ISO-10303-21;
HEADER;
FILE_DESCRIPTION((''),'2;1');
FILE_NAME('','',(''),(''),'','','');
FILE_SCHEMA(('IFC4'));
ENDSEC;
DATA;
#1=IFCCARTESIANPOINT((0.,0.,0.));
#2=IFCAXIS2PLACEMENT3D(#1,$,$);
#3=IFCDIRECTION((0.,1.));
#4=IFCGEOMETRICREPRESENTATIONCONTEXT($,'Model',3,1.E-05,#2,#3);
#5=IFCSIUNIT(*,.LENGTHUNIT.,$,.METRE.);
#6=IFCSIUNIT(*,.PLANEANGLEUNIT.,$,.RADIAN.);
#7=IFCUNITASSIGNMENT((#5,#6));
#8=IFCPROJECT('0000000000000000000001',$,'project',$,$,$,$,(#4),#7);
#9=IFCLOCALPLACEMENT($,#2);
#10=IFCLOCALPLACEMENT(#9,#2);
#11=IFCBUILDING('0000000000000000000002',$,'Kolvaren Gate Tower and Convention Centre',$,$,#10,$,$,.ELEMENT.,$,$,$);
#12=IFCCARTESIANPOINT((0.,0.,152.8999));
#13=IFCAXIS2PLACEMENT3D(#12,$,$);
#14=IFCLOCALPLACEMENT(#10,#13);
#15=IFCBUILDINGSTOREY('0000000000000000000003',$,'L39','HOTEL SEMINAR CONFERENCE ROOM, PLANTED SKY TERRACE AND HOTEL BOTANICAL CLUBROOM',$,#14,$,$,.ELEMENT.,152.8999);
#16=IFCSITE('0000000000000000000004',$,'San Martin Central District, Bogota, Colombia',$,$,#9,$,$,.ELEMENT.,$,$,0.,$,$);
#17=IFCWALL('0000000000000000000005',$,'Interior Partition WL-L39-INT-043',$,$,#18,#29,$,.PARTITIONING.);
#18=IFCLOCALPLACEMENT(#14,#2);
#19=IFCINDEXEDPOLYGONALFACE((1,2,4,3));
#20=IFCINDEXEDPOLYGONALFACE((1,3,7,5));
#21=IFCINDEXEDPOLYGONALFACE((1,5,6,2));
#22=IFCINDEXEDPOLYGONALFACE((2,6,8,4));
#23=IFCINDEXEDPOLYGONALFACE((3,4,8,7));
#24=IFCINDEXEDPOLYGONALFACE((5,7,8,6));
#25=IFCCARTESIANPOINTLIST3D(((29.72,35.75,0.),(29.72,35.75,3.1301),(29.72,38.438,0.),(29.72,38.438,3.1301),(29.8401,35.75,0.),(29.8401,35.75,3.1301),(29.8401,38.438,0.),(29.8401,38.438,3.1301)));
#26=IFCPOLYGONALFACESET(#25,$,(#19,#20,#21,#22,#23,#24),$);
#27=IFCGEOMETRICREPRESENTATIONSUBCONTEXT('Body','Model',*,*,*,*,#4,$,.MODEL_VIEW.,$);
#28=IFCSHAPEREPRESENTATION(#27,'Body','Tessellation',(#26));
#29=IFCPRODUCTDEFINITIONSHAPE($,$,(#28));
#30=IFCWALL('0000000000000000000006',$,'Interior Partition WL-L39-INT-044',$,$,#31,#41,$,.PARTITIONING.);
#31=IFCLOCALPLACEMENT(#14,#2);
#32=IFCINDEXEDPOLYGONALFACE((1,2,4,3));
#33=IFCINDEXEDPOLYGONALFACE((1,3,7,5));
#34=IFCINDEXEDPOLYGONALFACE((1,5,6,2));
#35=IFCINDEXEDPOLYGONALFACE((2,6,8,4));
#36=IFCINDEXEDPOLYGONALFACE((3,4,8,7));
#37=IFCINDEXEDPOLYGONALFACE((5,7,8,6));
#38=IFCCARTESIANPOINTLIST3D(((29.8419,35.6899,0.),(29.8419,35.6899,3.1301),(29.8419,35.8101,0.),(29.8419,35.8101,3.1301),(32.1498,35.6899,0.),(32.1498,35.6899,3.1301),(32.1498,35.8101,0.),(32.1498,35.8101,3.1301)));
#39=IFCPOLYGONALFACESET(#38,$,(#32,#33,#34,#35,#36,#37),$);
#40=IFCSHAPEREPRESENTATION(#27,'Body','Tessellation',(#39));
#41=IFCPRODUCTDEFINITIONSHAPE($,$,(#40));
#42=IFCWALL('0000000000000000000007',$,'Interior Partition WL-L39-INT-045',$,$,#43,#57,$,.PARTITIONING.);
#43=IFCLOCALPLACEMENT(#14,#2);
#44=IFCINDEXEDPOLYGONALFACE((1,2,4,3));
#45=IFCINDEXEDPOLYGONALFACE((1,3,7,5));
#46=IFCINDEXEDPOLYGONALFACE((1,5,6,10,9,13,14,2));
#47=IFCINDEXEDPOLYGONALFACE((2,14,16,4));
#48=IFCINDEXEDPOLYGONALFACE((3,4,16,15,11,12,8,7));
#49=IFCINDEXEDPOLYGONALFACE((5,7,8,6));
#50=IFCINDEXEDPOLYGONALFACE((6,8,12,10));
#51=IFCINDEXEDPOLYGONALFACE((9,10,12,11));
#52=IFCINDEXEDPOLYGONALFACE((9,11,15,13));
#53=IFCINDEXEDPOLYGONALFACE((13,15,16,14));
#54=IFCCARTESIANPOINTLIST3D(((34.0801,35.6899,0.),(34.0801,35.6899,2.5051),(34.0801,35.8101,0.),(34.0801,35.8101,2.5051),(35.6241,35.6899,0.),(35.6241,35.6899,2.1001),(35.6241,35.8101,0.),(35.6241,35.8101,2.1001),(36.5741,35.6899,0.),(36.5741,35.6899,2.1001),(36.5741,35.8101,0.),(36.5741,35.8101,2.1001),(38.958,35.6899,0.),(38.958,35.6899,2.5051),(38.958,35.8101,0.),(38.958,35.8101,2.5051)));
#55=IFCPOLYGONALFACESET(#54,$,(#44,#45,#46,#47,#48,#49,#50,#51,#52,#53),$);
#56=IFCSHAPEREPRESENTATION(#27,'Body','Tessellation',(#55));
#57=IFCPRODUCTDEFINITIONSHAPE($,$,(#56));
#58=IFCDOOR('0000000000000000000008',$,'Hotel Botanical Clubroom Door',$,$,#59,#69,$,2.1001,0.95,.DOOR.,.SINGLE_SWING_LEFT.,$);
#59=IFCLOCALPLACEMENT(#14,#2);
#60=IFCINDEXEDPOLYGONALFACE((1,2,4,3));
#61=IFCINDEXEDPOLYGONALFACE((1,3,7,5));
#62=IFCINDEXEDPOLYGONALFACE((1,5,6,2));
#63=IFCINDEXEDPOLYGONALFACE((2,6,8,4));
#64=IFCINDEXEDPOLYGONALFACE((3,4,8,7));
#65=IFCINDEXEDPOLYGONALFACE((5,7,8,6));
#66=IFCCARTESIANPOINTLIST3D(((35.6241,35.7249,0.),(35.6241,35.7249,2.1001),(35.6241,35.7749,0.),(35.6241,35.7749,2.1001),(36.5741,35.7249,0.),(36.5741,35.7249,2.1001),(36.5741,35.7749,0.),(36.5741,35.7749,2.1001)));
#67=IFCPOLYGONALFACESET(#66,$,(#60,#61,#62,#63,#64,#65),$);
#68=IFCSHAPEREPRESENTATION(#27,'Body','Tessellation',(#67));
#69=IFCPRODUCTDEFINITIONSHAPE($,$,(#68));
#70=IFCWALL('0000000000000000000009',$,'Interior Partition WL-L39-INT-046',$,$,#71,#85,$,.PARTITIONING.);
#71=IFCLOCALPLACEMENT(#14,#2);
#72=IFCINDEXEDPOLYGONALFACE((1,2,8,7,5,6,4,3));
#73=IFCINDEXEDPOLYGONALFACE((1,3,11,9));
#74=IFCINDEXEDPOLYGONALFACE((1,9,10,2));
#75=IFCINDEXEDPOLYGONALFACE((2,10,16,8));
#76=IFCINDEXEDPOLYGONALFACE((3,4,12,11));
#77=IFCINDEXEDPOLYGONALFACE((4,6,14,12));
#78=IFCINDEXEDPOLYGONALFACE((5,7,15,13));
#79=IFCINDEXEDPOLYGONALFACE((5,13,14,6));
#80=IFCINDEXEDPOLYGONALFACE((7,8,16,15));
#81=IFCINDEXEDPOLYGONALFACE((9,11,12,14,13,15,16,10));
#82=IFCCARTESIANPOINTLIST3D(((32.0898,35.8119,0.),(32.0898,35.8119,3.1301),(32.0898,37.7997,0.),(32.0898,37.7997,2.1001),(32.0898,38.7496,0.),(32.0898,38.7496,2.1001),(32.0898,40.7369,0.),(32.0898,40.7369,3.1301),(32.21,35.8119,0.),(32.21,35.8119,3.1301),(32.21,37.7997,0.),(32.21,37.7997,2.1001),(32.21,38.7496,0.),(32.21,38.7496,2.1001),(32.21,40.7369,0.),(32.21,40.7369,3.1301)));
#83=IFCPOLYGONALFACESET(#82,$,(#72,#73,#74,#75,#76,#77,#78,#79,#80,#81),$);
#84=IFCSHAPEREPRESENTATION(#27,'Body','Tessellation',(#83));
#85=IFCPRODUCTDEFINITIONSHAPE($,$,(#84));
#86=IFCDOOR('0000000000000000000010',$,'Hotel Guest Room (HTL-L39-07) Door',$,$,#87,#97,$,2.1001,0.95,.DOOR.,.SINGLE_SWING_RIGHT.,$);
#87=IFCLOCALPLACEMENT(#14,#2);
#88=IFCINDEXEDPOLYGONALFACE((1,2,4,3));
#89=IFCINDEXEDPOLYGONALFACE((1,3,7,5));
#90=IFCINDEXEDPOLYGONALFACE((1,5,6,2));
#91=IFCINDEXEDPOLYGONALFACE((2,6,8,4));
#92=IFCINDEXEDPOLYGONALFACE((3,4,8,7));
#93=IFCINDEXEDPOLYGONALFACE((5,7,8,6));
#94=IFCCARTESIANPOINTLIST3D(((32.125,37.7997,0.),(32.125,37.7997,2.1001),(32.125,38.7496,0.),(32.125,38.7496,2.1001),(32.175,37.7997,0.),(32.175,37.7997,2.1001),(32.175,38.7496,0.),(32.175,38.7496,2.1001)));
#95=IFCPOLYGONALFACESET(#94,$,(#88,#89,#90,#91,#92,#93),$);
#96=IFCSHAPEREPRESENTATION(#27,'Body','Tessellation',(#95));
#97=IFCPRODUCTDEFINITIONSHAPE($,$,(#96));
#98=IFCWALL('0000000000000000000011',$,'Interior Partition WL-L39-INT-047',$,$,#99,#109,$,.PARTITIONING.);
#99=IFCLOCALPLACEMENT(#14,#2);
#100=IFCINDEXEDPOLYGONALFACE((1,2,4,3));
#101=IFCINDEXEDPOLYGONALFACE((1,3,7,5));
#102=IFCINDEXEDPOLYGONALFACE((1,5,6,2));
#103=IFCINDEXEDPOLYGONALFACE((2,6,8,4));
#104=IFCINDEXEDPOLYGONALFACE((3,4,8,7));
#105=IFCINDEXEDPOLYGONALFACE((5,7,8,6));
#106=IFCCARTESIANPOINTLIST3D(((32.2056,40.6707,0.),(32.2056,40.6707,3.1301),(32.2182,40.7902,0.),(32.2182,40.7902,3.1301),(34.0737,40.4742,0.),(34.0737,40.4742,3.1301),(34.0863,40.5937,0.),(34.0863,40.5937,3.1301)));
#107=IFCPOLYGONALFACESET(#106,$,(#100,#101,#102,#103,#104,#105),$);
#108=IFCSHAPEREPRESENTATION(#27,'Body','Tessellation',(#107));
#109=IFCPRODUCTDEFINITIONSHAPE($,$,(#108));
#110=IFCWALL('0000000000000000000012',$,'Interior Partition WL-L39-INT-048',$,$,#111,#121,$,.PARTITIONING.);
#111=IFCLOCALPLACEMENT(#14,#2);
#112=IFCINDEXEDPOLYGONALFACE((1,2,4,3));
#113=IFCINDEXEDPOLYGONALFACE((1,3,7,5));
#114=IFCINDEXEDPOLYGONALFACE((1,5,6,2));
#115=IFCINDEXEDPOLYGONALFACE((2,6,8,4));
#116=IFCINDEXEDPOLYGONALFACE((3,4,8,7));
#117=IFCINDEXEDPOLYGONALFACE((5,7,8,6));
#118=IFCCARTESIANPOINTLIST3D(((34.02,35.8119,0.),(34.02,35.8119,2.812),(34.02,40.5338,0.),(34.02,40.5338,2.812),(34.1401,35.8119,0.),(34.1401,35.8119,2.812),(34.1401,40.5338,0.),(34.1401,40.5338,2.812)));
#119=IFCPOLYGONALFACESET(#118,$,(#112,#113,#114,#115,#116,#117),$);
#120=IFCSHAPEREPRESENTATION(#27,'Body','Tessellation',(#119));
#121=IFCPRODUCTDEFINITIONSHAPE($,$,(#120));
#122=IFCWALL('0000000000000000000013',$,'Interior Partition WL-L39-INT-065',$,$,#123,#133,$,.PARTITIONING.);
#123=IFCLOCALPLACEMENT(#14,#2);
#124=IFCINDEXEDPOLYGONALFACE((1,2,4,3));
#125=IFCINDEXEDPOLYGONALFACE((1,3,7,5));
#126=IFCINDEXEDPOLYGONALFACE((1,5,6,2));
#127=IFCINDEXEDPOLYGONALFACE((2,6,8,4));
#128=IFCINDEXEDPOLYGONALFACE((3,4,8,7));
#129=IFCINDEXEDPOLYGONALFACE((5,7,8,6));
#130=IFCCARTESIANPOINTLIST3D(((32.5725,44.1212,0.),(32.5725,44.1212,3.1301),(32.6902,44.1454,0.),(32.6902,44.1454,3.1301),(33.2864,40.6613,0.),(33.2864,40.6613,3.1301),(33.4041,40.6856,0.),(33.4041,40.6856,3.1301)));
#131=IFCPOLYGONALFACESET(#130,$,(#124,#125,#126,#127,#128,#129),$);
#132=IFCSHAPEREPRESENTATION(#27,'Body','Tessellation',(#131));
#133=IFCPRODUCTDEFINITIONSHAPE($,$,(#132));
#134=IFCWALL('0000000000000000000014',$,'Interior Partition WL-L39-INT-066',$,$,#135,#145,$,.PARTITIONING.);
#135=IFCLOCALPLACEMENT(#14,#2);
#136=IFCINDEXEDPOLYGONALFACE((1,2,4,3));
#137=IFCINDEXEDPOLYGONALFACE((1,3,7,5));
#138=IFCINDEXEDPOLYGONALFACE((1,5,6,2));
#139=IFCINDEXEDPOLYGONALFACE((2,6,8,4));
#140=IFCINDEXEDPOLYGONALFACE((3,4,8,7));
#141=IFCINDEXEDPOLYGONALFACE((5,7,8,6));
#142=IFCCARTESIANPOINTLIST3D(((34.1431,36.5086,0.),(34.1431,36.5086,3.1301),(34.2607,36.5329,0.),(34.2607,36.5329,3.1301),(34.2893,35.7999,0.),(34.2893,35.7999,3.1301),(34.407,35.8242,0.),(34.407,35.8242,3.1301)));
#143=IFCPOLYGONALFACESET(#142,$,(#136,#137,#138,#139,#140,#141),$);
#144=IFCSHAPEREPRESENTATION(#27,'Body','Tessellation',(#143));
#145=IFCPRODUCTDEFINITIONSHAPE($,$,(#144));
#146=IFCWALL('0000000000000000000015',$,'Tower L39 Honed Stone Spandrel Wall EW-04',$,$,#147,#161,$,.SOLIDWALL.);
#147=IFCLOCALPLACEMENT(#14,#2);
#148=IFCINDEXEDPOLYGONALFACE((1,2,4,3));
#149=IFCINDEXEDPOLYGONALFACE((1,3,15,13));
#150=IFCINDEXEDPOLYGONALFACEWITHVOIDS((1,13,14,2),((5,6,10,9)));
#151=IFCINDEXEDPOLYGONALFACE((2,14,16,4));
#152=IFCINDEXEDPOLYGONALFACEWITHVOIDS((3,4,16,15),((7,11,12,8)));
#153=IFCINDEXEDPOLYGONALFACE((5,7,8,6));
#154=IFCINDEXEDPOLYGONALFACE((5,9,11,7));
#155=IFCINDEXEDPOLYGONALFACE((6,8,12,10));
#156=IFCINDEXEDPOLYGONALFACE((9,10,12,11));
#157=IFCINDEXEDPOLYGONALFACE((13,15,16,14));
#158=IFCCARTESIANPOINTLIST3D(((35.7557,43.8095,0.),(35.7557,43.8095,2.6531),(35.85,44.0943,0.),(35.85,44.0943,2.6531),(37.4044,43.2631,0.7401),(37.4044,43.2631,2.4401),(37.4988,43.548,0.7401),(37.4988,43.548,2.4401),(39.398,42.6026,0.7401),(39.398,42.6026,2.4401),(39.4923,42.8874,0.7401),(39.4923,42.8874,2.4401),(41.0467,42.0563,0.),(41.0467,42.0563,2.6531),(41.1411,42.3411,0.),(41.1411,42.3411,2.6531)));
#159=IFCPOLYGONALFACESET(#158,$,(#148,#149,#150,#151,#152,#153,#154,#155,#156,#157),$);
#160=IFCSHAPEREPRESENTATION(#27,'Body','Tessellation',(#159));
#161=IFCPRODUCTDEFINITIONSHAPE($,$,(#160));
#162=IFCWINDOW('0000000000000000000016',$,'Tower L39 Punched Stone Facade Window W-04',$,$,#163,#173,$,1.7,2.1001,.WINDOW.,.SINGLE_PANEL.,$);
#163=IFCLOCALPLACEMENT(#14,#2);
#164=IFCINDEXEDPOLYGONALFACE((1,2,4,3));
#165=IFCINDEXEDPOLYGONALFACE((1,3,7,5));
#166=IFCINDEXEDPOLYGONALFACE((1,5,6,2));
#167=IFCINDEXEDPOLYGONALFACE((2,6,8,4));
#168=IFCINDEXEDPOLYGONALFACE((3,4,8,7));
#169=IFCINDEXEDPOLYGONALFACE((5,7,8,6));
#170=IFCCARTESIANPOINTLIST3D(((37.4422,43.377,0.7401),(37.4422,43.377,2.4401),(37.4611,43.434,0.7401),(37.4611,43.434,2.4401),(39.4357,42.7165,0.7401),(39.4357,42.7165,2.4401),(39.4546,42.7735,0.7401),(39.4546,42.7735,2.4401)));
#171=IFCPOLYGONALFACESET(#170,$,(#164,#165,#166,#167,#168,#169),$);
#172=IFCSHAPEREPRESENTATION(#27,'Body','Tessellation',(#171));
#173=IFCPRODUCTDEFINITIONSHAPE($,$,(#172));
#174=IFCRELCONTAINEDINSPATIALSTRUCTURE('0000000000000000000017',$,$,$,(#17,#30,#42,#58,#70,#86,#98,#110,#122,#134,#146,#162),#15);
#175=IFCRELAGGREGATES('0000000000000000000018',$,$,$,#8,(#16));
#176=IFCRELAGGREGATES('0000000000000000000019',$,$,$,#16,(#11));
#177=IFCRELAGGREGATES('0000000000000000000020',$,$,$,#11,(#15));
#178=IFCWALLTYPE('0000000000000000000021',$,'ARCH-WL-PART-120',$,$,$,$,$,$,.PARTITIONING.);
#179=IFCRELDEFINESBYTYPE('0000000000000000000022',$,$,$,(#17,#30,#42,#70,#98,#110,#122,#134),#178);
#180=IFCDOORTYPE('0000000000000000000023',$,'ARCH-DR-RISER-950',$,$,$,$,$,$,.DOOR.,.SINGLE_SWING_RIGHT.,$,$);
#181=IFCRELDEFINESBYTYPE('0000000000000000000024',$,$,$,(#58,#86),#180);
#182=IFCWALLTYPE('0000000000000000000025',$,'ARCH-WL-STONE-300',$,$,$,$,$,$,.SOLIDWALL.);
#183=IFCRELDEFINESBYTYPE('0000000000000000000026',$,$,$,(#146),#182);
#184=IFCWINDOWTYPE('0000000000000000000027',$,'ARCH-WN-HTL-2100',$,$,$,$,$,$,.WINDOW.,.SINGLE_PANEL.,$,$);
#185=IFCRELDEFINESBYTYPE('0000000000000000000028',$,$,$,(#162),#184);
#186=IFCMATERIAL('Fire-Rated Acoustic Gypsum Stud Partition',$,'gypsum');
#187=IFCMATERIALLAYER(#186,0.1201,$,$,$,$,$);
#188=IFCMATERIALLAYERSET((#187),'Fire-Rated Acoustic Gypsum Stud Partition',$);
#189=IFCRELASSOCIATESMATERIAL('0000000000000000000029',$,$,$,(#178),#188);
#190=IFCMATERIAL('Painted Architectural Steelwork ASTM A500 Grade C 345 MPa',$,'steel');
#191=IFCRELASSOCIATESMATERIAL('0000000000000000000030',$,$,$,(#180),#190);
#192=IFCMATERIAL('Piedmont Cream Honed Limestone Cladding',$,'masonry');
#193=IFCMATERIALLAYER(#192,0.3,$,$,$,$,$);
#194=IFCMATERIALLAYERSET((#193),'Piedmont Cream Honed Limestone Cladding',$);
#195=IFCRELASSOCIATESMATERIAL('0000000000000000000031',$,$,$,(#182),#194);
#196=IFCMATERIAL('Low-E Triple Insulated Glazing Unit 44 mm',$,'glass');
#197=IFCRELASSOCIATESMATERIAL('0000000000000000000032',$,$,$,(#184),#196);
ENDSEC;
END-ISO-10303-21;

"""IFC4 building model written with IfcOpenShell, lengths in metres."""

from ifc_helpers import new_model, si_unit, direction, frame, frame_2d, origin, place, context, subcontext, project, spatial, rectangle, extrude, material, layer, layer_set, type_object, element, fill, save


model = new_model("IFC4")

# Units and contexts
model_context = context("Model", 3, precision=1e-05, world=origin(), true_north=direction((0.0, 1.0)))
body_context = subcontext(model_context, "Body", "Model", "MODEL_VIEW")
ifc_project = project(units=[si_unit("LENGTHUNIT", "METRE"), si_unit("PLANEANGLEUNIT", "RADIAN")], contexts=[model_context])

# Site, building, storey
site_placement = place(None, origin())
site = spatial("IfcSite", under=ifc_project, at=site_placement, Name="San Martin Central District, Bogota, Colombia", CompositionType="ELEMENT", RefElevation=0.0)
building_placement = place(site_placement, origin())
building = spatial("IfcBuilding", under=site, at=building_placement, Name="Kolvaren Gate Tower and Convention Centre", CompositionType="ELEMENT")
storey_placement = place(building_placement, frame((0.0, 0.0, 152.8999)))
storey = spatial("IfcBuildingStorey", under=building, at=storey_placement, Name="L39", Description="HOTEL SEMINAR CONFERENCE ROOM, PLANTED SKY TERRACE AND HOTEL BOTANICAL CLUBROOM", CompositionType="ELEMENT", Elevation=152.8999)

# Walls
ifc_material_1 = material(Name="Fire-Rated Acoustic Gypsum Stud Partition", Category="gypsum")
ifc_layer_1 = layer(ifc_material_1, 0.1201)
ifc_layer_set_1 = layer_set([ifc_layer_1], Name="Fire-Rated Acoustic Gypsum Stud Partition")
wall_type_1 = type_object("IfcWallType", Name="ARCH-WL-PART-120", PredefinedType="PARTITIONING", material=ifc_layer_set_1)
wall_1_placement = place(storey_placement, frame((29.78, 35.75, 0.0), z_axis=(0.0, 0.0, 1.0), x_axis=(0.0, 1.0, 0.0)))
element("IfcWall", 1, at=wall_1_placement, inside=storey, type_object=wall_type_1, Name="Interior Partition WL-L39-INT-043", PredefinedType="PARTITIONING", context=body_context, shape_type="SweptSolid", body=[
    extrude(rectangle(XDim=2.688, YDim=0.1201, at=frame_2d((1.344, 0.0))), origin(), (0.0, 0.0, 1.0), 3.1301),
])
wall_2_placement = place(storey_placement, frame((29.842, 35.75, 0.0), z_axis=(0.0, 0.0, 1.0), x_axis=(1.0, 0.0, 0.0)))
element("IfcWall", 2, at=wall_2_placement, inside=storey, type_object=wall_type_1, Name="Interior Partition WL-L39-INT-044", PredefinedType="PARTITIONING", context=body_context, shape_type="SweptSolid", body=[
    extrude(rectangle(XDim=2.3079, YDim=0.1201, at=frame_2d((1.1538, 0.0))), origin(), (0.0, 0.0, 1.0), 3.1301),
])

# Walls, openings, doors
wall_3_placement = place(storey_placement, frame((34.0801, 35.75, 0.0), z_axis=(0.0, 0.0, 1.0), x_axis=(1.0, 0.0, 0.0)))
wall_3 = element("IfcWall", 3, at=wall_3_placement, inside=storey, type_object=wall_type_1, Name="Interior Partition WL-L39-INT-045", PredefinedType="PARTITIONING", context=body_context, shape_type="SweptSolid", body=[
    extrude(rectangle(XDim=4.8779, YDim=0.1201, at=frame_2d((2.439, 0.0))), origin(), (0.0, 0.0, 1.0), 2.5051),
])
opening_1_placement = place(wall_3_placement, frame((1.5439, 0.0, 0.0)))
opening_1 = element("IfcOpeningElement", 4, at=opening_1_placement, cuts=wall_3, PredefinedType="OPENING", context=body_context, shape_type="SweptSolid", body=[
    extrude(rectangle(XDim=0.95, YDim=2.1001, at=frame_2d((0.4751, 1.05))), frame((0.0, 0.0701, 0.0), z_axis=(0.0, -1.0, 0.0), x_axis=(1.0, 0.0, 0.0)), (0.0, 0.0, 1.0), 0.1401),
])
ifc_material_2 = material(Name="Painted Architectural Steelwork ASTM A500 Grade C 345 MPa", Category="steel")
door_type = type_object("IfcDoorType", Name="ARCH-DR-RISER-950", OperationType="SINGLE_SWING_RIGHT", PredefinedType="DOOR", material=ifc_material_2)
door_1_placement = place(opening_1_placement, origin())
door_1 = element("IfcDoor", 5, at=door_1_placement, inside=storey, type_object=door_type, Name="Hotel Botanical Clubroom Door", OperationType="SINGLE_SWING_LEFT", OverallHeight=2.1001, OverallWidth=0.95, PredefinedType="DOOR", context=body_context, shape_type="SweptSolid", body=[
    extrude(rectangle(XDim=0.95, YDim=2.1001, at=frame_2d((0.4751, 1.05))), frame((0.0, 0.0249, 0.0), z_axis=(0.0, -1.0, 0.0), x_axis=(1.0, 0.0, 0.0)), (0.0, 0.0, 1.0), 0.05),
])
fill(opening_1, door_1)
wall_4_placement = place(storey_placement, frame((32.1499, 35.812, 0.0), z_axis=(0.0, 0.0, 1.0), x_axis=(0.0, 1.0, 0.0)))
wall_4 = element("IfcWall", 6, at=wall_4_placement, inside=storey, type_object=wall_type_1, Name="Interior Partition WL-L39-INT-046", PredefinedType="PARTITIONING", context=body_context, shape_type="SweptSolid", body=[
    extrude(rectangle(XDim=4.925, YDim=0.1201, at=frame_2d((2.4624, 0.0))), origin(), (0.0, 0.0, 1.0), 3.1301),
])
opening_2_placement = place(wall_4_placement, frame((1.9875, 0.0, 0.0)))
opening_2 = element("IfcOpeningElement", 7, at=opening_2_placement, cuts=wall_4, PredefinedType="OPENING", context=body_context, shape_type="SweptSolid", body=[
    extrude(rectangle(XDim=0.95, YDim=2.1001, at=frame_2d((0.4751, 1.05))), frame((0.0, 0.0701, 0.0), z_axis=(0.0, -1.0, 0.0), x_axis=(1.0, 0.0, 0.0)), (0.0, 0.0, 1.0), 0.1401),
])
door_2_placement = place(opening_2_placement, origin())
door_2 = element("IfcDoor", 8, at=door_2_placement, inside=storey, type_object=door_type, Name="Hotel Guest Room (HTL-L39-07) Door", OperationType="SINGLE_SWING_RIGHT", OverallHeight=2.1001, OverallWidth=0.95, PredefinedType="DOOR", context=body_context, shape_type="SweptSolid", body=[
    extrude(rectangle(XDim=0.95, YDim=2.1001, at=frame_2d((0.4751, 1.05))), frame((0.0, 0.0249, 0.0), z_axis=(0.0, -1.0, 0.0), x_axis=(1.0, 0.0, 0.0)), (0.0, 0.0, 1.0), 0.05),
])
fill(opening_2, door_2)

# Walls
wall_5_placement = place(storey_placement, frame((32.2119, 40.7305, 0.0), z_axis=(0.0, 0.0, 1.0), x_axis=(0.994512, -0.104624, 0.0)))
element("IfcWall", 9, at=wall_5_placement, inside=storey, type_object=wall_type_1, Name="Interior Partition WL-L39-INT-047", PredefinedType="PARTITIONING", context=body_context, shape_type="SweptSolid", body=[
    extrude(rectangle(XDim=1.8784, YDim=0.1201, at=frame_2d((0.9392, 0.0))), origin(), (0.0, 0.0, 1.0), 3.1301),
])
wall_6_placement = place(storey_placement, frame((34.0801, 35.812, 0.0), z_axis=(0.0, 0.0, 1.0), x_axis=(0.0, 1.0, 0.0)))
element("IfcWall", 10, at=wall_6_placement, inside=storey, type_object=wall_type_1, Name="Interior Partition WL-L39-INT-048", PredefinedType="PARTITIONING", context=body_context, shape_type="SweptSolid", body=[
    extrude(rectangle(XDim=4.7219, YDim=0.1201, at=frame_2d((2.3608, 0.0))), origin(), (0.0, 0.0, 1.0), 2.812),
])
wall_7_placement = place(storey_placement, frame((32.6313, 44.1333, 0.0), z_axis=(0.0, 0.0, 1.0), x_axis=(0.20208, -0.979369, 0.0)))
element("IfcWall", 11, at=wall_7_placement, inside=storey, type_object=wall_type_1, Name="Interior Partition WL-L39-INT-065", PredefinedType="PARTITIONING", context=body_context, shape_type="SweptSolid", body=[
    extrude(rectangle(XDim=3.5327, YDim=0.1201, at=frame_2d((1.7664, 0.0))), origin(), (0.0, 0.0, 1.0), 3.1301),
])
wall_8_placement = place(storey_placement, frame((34.2019, 36.5208, 0.0), z_axis=(0.0, 0.0, 1.0), x_axis=(0.202081, -0.979369, 0.0)))
element("IfcWall", 12, at=wall_8_placement, inside=storey, type_object=wall_type_1, Name="Interior Partition WL-L39-INT-066", PredefinedType="PARTITIONING", context=body_context, shape_type="SweptSolid", body=[
    extrude(rectangle(XDim=0.7236, YDim=0.1201, at=frame_2d((0.3618, 0.0))), origin(), (0.0, 0.0, 1.0), 3.1301),
])

# Wall, opening, window
ifc_material_3 = material(Name="Piedmont Cream Honed Limestone Cladding", Category="masonry")
ifc_layer_2 = layer(ifc_material_3, 0.3)
ifc_layer_set_2 = layer_set([ifc_layer_2], Name="Piedmont Cream Honed Limestone Cladding")
wall_type_2 = type_object("IfcWallType", Name="ARCH-WL-STONE-300", PredefinedType="SOLIDWALL", material=ifc_layer_set_2)
wall_9_placement = place(storey_placement, frame((35.8027, 43.9519, 0.0), z_axis=(0.0, 0.0, 1.0), x_axis=(0.949247, -0.314532, 0.0)))
wall_9 = element("IfcWall", 13, at=wall_9_placement, inside=storey, type_object=wall_type_2, Name="Tower L39 Honed Stone Spandrel Wall EW-04", PredefinedType="SOLIDWALL", context=body_context, shape_type="SweptSolid", body=[
    extrude(rectangle(XDim=5.574, YDim=0.3, at=frame_2d((2.7871, 0.0))), origin(), (0.0, 0.0, 1.0), 2.6531),
])
opening_3_placement = place(wall_9_placement, frame((1.7371, 0.0, 0.74)))
opening_3 = element("IfcOpeningElement", 14, at=opening_3_placement, cuts=wall_9, PredefinedType="OPENING", context=body_context, shape_type="SweptSolid", body=[
    extrude(rectangle(XDim=2.1001, YDim=1.7, at=frame_2d((1.05, 0.8501))), frame((0.0, 0.1599, 0.0), z_axis=(0.0, -1.0, 0.0), x_axis=(1.0, 0.0, 0.0)), (0.0, 0.0, 1.0), 0.3201),
])
ifc_material_4 = material(Name="Low-E Triple Insulated Glazing Unit 44 mm", Category="glass")
window_type = type_object("IfcWindowType", Name="ARCH-WN-HTL-2100", PartitioningType="SINGLE_PANEL", PredefinedType="WINDOW", material=ifc_material_4)
window_1_placement = place(opening_3_placement, origin())
window_1 = element("IfcWindow", 15, at=window_1_placement, inside=storey, type_object=window_type, Name="Tower L39 Punched Stone Facade Window W-04", OverallHeight=1.7, OverallWidth=2.1001, PartitioningType="SINGLE_PANEL", PredefinedType="WINDOW", context=body_context, shape_type="SweptSolid", body=[
    extrude(rectangle(XDim=2.1001, YDim=1.7, at=frame_2d((1.05, 0.8501))), frame((0.0, 0.03, 0.0), z_axis=(0.0, -1.0, 0.0), x_axis=(1.0, 0.0, 0.0)), (0.0, 0.0, 1.0), 0.0601),
])
fill(opening_3, window_1)

save(model, "model.ifc")
